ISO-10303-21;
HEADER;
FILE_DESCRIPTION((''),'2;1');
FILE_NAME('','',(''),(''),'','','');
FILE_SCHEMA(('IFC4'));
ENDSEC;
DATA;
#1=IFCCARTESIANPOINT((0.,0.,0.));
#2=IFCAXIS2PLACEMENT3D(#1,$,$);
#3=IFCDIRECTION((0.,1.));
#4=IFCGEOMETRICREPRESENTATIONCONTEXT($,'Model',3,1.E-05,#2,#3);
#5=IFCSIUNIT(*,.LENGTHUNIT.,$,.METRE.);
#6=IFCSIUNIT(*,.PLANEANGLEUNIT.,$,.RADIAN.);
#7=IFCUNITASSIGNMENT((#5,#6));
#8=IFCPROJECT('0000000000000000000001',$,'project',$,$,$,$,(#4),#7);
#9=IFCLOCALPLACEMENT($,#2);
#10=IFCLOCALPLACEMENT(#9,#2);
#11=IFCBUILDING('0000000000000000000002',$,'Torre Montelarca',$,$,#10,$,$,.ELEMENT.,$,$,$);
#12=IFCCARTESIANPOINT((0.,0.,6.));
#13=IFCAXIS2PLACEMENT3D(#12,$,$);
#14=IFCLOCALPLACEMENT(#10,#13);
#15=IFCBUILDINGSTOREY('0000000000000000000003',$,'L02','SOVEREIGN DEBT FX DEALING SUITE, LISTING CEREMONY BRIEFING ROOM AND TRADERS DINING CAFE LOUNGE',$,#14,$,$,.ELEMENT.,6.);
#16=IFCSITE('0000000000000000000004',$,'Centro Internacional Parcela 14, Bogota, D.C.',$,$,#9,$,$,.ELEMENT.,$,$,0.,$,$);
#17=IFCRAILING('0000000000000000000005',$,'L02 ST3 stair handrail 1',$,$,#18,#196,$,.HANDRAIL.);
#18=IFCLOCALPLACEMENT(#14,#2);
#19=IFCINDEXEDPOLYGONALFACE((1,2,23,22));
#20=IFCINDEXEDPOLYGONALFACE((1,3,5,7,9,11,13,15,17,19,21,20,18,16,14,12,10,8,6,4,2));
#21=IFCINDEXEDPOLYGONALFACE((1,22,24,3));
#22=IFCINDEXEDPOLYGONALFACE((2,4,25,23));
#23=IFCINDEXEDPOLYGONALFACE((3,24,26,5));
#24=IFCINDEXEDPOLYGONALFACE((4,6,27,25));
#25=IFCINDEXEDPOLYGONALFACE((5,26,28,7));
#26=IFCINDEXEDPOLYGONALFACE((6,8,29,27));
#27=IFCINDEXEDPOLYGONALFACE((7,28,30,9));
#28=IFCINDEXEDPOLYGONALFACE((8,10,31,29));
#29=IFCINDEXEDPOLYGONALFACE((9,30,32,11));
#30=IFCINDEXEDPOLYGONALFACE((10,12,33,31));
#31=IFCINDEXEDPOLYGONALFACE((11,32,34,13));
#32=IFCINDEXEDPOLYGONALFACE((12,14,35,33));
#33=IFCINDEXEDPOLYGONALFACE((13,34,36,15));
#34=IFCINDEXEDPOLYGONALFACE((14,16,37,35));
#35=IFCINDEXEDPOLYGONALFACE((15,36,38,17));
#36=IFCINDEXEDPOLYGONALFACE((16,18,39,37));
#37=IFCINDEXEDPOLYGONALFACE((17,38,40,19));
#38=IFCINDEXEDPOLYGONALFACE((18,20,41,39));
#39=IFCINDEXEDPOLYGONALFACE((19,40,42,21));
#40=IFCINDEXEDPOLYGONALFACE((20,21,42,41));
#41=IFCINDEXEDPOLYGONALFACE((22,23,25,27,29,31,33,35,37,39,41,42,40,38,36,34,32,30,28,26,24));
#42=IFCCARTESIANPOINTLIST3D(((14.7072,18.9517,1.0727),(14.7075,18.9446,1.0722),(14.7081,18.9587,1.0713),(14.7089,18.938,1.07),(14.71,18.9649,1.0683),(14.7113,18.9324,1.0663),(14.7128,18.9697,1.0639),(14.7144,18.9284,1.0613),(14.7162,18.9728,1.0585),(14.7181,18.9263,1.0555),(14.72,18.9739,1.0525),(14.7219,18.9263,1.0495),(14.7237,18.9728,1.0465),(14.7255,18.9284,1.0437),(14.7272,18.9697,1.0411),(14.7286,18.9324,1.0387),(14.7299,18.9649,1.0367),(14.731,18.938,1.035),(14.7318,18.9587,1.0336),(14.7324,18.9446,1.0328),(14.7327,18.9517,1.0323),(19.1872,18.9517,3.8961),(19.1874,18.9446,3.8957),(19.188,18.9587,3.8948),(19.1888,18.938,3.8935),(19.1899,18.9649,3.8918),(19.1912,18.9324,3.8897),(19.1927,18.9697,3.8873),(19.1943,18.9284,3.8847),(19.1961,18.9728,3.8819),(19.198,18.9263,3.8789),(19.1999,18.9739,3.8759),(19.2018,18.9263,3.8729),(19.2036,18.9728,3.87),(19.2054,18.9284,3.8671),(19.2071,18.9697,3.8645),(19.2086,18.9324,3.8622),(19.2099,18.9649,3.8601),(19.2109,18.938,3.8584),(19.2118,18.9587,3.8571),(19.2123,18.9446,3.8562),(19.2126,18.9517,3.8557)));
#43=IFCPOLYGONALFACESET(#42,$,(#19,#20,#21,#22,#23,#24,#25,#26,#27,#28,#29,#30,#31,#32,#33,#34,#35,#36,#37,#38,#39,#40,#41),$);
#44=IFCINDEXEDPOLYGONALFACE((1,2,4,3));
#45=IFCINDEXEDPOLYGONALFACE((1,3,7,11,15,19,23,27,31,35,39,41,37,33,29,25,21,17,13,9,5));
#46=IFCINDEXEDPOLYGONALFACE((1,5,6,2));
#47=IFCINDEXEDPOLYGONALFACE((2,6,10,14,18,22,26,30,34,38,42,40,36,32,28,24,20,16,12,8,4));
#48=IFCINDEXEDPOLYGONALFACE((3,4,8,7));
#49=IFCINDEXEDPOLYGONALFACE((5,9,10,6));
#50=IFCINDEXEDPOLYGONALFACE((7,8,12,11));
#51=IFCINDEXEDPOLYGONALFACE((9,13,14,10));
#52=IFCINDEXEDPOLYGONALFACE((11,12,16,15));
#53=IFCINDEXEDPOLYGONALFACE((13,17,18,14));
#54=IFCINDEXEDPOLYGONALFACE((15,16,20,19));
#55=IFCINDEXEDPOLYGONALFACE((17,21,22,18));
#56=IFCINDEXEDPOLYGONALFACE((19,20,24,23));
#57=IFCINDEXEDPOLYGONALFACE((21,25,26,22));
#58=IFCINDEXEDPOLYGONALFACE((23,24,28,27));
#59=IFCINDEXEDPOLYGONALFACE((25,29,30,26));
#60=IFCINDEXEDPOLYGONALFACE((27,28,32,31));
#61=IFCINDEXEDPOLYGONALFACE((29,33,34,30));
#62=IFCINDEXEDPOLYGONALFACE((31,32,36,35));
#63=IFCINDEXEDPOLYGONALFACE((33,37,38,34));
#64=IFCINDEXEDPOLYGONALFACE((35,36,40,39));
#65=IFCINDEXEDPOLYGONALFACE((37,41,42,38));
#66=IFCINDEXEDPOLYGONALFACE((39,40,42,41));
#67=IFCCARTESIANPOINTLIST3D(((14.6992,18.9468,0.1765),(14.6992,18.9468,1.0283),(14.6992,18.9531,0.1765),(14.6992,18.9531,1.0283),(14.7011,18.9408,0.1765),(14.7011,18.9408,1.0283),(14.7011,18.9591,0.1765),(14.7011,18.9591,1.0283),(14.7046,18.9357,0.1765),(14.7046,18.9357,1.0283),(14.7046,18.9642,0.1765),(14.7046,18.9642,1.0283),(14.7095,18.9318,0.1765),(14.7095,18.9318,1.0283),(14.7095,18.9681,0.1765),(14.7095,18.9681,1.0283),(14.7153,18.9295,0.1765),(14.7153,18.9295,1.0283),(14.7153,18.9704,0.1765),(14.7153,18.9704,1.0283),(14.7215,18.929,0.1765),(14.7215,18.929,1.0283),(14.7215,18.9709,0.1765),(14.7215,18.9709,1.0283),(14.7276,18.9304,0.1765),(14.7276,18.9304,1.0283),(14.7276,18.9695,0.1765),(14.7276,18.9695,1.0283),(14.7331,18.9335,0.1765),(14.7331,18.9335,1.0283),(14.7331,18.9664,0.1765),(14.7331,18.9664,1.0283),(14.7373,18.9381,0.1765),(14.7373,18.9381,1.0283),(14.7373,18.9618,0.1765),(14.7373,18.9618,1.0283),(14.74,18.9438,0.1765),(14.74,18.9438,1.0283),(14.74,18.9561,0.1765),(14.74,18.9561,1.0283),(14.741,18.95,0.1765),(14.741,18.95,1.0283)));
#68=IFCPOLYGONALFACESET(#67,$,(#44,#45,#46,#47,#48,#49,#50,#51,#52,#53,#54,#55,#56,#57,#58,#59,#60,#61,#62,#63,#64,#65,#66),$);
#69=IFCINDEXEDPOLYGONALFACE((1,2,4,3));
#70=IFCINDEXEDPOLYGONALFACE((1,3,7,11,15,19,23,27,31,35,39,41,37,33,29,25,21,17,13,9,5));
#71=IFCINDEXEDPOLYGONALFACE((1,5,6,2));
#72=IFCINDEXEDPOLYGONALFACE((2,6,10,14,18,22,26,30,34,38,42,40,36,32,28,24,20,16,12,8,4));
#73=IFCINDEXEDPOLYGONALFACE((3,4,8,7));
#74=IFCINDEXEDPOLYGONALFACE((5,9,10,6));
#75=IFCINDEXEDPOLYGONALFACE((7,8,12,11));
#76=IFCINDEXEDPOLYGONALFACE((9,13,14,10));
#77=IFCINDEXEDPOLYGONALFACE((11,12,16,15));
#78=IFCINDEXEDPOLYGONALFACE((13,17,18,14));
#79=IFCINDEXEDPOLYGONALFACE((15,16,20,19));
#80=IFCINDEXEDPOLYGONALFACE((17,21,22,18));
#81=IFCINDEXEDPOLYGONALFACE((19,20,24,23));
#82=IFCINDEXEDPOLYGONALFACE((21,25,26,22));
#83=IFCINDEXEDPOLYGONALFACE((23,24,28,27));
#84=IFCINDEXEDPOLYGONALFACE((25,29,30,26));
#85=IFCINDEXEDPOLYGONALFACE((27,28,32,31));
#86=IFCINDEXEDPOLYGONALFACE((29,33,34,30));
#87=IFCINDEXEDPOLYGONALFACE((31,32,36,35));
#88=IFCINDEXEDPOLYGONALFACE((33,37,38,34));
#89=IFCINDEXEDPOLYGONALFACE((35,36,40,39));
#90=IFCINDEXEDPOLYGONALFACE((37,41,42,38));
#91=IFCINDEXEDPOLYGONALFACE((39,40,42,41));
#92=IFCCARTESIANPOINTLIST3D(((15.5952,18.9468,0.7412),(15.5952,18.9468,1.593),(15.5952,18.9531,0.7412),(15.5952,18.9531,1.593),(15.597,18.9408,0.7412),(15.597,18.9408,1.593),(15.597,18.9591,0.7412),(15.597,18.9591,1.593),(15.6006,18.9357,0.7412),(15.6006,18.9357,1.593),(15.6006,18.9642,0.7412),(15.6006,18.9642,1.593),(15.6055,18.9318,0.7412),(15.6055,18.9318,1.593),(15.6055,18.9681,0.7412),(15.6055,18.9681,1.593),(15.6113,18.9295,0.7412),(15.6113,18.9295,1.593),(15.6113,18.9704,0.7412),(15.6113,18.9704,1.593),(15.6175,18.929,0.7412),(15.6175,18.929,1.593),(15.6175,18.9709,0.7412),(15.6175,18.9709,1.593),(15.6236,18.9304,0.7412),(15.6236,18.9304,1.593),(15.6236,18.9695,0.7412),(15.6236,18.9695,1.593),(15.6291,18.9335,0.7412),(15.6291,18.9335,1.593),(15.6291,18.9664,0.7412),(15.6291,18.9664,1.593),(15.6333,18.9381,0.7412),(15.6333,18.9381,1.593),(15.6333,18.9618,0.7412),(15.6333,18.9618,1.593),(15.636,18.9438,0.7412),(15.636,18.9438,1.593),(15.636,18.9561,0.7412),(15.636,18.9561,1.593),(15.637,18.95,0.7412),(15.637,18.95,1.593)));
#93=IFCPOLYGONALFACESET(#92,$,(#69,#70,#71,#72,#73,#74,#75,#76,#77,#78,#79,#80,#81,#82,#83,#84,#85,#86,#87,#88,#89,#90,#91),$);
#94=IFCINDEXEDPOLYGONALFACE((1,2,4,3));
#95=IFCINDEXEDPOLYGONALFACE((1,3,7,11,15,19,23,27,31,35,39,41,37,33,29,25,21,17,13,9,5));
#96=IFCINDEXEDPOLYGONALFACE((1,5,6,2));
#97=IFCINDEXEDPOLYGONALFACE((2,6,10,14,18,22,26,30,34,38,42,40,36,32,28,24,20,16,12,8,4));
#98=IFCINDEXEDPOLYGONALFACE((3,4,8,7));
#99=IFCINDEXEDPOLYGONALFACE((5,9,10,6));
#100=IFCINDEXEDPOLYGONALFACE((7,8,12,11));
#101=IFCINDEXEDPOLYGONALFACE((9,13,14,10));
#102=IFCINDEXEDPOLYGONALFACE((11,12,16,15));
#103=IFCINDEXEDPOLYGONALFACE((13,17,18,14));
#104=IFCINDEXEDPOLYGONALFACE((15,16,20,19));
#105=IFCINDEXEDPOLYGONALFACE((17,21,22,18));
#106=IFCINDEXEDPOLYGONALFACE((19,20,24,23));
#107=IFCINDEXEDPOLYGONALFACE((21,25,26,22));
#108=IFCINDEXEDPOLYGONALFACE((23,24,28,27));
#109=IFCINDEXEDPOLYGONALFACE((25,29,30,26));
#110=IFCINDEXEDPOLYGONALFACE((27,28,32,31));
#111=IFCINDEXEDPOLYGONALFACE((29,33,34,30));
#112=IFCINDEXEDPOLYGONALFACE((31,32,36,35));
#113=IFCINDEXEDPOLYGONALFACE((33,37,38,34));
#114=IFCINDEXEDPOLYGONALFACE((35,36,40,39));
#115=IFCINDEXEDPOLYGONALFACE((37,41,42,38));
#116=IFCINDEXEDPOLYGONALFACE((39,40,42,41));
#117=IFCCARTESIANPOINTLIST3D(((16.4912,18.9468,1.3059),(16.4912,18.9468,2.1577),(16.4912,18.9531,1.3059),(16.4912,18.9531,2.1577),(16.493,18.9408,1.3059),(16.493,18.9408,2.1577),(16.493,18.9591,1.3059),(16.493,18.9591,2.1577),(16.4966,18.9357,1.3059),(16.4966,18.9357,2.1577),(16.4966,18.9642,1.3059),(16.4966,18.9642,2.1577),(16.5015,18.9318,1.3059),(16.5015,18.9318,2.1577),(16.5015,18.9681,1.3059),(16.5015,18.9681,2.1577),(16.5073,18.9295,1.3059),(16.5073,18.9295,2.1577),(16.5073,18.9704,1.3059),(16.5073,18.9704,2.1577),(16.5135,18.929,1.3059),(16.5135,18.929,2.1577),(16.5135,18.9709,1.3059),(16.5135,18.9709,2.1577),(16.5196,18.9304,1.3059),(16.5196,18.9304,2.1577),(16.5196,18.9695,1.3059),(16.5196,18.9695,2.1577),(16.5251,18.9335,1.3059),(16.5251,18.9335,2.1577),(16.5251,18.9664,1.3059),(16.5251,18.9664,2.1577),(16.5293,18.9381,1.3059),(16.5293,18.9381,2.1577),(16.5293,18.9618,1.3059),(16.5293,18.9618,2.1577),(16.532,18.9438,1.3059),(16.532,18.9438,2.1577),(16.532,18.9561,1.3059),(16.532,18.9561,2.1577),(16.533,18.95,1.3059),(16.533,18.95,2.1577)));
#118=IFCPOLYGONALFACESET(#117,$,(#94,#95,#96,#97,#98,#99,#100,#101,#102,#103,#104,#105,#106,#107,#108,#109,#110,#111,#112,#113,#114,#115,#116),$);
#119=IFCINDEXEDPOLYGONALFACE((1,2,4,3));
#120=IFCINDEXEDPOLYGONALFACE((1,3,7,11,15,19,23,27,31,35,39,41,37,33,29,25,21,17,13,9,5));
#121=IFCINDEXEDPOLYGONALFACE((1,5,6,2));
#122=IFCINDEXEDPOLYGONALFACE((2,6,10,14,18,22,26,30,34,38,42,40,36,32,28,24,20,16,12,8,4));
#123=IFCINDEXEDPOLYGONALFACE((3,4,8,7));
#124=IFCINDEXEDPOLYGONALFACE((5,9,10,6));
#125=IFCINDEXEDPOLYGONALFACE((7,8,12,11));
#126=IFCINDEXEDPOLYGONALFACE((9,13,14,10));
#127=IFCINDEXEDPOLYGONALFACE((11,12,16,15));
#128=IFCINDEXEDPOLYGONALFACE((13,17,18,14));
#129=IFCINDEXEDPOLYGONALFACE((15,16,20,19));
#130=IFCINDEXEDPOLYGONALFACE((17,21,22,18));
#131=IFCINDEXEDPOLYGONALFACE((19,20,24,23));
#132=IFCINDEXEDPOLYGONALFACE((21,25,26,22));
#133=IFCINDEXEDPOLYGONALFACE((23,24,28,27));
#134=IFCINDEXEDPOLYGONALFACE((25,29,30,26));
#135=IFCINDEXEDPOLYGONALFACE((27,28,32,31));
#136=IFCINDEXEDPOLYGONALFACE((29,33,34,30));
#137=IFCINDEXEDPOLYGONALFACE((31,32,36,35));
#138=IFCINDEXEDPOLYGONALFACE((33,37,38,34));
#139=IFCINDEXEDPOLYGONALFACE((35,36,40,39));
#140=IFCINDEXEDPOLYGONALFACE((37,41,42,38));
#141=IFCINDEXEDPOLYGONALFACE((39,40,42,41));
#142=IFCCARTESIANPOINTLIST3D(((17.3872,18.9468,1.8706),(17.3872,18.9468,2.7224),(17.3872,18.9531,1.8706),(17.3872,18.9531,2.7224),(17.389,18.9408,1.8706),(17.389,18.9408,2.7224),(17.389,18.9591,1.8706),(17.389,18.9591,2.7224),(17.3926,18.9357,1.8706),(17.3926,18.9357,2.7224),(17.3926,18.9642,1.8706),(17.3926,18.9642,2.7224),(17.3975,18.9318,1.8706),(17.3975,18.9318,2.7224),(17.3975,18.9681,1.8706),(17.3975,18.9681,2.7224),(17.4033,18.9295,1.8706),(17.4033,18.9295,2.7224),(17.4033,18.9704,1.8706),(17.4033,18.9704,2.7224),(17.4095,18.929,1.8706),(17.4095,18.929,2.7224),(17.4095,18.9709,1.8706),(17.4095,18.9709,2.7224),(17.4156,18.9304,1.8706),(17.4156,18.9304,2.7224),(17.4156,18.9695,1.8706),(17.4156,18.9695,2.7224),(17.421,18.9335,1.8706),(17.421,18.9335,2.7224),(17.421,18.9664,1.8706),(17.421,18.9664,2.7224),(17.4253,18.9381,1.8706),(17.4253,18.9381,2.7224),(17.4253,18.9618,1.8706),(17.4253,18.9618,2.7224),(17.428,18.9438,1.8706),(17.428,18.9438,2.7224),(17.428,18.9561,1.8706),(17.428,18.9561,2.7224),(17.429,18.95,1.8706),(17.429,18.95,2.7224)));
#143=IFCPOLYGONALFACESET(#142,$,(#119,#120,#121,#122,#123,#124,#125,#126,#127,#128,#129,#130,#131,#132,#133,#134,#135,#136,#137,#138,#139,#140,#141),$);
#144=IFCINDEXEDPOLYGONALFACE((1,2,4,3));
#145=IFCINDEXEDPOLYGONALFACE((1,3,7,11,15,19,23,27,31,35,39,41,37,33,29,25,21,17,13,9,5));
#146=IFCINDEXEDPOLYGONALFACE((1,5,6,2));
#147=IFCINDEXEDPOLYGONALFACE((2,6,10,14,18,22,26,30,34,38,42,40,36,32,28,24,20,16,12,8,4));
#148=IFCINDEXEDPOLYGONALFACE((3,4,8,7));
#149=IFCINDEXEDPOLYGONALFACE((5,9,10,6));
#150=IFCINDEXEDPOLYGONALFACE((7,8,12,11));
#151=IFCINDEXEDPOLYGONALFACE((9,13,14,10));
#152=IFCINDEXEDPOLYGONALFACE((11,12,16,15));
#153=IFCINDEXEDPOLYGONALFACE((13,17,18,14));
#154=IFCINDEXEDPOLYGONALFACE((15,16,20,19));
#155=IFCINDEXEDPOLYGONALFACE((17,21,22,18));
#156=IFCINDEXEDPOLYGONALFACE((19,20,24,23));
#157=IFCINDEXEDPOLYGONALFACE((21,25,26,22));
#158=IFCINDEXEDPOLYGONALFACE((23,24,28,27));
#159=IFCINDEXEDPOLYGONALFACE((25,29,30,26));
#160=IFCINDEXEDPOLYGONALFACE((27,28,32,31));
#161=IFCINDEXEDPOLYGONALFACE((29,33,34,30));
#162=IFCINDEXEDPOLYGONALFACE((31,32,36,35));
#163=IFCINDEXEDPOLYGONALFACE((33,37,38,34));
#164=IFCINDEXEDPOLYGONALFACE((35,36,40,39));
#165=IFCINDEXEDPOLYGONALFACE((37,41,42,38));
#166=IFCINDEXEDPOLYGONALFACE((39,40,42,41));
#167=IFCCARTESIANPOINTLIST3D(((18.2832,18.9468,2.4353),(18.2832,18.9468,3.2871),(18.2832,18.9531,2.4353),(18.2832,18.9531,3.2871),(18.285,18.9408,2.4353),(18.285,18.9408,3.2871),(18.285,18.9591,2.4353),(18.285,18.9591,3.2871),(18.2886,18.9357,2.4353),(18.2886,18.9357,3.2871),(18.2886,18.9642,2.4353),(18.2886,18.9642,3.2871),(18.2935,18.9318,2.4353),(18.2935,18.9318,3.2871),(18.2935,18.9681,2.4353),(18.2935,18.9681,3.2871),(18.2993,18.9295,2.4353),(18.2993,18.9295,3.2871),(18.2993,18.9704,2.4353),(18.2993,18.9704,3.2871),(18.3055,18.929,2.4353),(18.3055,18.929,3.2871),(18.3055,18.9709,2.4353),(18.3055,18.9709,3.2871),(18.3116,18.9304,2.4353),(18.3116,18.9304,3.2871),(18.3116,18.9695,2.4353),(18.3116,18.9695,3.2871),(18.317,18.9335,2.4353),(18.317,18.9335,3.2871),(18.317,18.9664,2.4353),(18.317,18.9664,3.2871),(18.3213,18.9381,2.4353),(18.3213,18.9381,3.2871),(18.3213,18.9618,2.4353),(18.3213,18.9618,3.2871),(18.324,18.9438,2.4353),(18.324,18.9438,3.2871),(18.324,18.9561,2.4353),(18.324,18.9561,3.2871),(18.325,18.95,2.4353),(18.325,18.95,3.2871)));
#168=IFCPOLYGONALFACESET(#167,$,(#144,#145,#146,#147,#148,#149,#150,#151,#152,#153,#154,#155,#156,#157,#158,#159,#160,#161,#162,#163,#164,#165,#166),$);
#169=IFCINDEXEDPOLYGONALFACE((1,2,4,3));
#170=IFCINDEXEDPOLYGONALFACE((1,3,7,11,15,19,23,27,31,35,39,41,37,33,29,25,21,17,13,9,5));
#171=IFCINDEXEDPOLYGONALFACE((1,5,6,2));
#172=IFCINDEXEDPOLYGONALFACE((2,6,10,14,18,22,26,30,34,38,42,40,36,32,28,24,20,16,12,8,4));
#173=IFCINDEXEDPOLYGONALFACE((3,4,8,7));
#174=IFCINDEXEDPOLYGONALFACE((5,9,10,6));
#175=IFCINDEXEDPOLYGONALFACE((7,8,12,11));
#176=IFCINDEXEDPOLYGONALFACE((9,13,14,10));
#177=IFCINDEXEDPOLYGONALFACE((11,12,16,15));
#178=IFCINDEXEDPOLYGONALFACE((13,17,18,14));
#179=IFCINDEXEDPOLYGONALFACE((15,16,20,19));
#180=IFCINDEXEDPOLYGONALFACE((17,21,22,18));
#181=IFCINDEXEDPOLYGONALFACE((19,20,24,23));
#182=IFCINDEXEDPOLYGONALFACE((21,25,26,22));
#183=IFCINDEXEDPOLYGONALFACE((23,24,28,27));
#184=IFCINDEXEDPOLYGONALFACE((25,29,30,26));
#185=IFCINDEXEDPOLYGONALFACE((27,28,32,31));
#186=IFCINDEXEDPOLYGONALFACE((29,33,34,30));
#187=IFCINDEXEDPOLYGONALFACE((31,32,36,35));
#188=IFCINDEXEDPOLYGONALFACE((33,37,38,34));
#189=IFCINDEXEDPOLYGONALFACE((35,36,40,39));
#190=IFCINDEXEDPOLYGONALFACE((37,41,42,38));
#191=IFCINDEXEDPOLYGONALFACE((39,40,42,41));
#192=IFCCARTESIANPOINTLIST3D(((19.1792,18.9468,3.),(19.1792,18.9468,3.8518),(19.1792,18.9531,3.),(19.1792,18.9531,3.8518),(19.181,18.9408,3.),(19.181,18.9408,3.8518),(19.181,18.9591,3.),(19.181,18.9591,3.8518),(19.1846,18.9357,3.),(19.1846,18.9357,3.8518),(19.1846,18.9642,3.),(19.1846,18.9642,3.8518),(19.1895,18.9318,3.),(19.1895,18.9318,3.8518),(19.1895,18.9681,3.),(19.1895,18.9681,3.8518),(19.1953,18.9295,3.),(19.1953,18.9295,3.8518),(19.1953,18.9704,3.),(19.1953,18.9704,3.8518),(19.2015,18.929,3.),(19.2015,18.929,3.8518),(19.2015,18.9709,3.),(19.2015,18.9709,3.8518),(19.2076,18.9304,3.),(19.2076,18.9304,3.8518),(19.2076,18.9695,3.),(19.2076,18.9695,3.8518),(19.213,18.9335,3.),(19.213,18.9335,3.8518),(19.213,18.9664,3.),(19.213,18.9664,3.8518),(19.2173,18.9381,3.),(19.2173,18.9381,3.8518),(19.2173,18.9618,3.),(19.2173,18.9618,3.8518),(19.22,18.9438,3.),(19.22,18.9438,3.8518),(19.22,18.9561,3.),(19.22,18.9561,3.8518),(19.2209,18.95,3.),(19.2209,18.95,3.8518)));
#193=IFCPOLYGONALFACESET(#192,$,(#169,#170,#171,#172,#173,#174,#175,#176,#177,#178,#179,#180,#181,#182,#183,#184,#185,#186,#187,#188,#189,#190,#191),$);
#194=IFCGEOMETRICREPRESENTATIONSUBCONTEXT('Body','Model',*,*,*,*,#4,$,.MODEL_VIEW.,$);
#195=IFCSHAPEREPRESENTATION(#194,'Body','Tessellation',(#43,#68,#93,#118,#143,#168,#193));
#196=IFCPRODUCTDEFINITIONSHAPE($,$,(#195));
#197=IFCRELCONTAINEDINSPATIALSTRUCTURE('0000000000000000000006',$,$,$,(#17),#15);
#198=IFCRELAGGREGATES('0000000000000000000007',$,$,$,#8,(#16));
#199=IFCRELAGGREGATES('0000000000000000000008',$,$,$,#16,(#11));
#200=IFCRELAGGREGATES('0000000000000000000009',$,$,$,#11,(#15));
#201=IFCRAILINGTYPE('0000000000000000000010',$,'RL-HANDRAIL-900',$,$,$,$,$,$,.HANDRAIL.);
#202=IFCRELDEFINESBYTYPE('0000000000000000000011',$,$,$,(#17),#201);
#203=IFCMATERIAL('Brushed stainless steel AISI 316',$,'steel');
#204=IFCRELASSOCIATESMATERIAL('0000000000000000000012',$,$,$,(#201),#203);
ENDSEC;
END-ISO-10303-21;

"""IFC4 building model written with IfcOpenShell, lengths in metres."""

from ifc_helpers import new_model, si_unit, direction, frame, origin, origin_2d, place, context, subcontext, project, spatial, circle, extrude, material, type_object, element, save


model = new_model("IFC4")

# Units and contexts
model_context = context("Model", 3, precision=1e-05, world=origin(), true_north=direction((0.0, 1.0)))
body_context = subcontext(model_context, "Body", "Model", "MODEL_VIEW")
ifc_project = project(units=[si_unit("LENGTHUNIT", "METRE"), si_unit("PLANEANGLEUNIT", "RADIAN")], contexts=[model_context])

# Site, building, storey
site_placement = place(None, origin())
site = spatial("IfcSite", under=ifc_project, at=site_placement, Name="Centro Internacional Parcela 14, Bogota, D.C.", CompositionType="ELEMENT", RefElevation=0.0)
building_placement = place(site_placement, origin())
building = spatial("IfcBuilding", under=site, at=building_placement, Name="Torre Montelarca", CompositionType="ELEMENT")
storey_placement = place(building_placement, frame((0.0, 0.0, 6.0)))
storey = spatial("IfcBuildingStorey", under=building, at=storey_placement, Name="L02", Description="SOVEREIGN DEBT FX DEALING SUITE, LISTING CEREMONY BRIEFING ROOM AND TRADERS DINING CAFE LOUNGE", CompositionType="ELEMENT", Elevation=6.0)

# Railing
ifc_material_1 = material(Name="Brushed stainless steel AISI 316", Category="steel")
railing_type_1 = type_object("IfcRailingType", Name="RL-HANDRAIL-900", PredefinedType="HANDRAIL", material=ifc_material_1)
railing_1_placement = place(storey_placement, frame((14.72, 18.95, 0.1765)))
element("IfcRailing", 1, at=railing_1_placement, inside=storey, type_object=railing_type_1, Name="L02 ST3 stair handrail 1", PredefinedType="HANDRAIL", context=body_context, shape_type="SweptSolid", body=[
    extrude(circle(Radius=0.0239, at=origin_2d()), frame((0.0, 0.0, 0.876), z_axis=(0.845998, 0.0, 0.533186), x_axis=(0.0, 1.0, 0.0)), (0.0, 0.0, 1.0), 5.2954),
    extrude(circle(Radius=0.021, at=origin_2d()), origin(), (0.0, 0.0, 1.0), 0.8518),
    extrude(circle(Radius=0.021, at=origin_2d()), frame((0.896, 0.0, 0.5647)), (0.0, 0.0, 1.0), 0.8518),
    extrude(circle(Radius=0.021, at=origin_2d()), frame((1.792, 0.0, 1.1294)), (0.0, 0.0, 1.0), 0.8518),
    extrude(circle(Radius=0.021, at=origin_2d()), frame((2.688, 0.0, 1.6941)), (0.0, 0.0, 1.0), 0.8518),
    extrude(circle(Radius=0.021, at=origin_2d()), frame((3.584, 0.0, 2.2588)), (0.0, 0.0, 1.0), 0.8518),
    extrude(circle(Radius=0.021, at=origin_2d()), frame((4.48, 0.0, 2.8235)), (0.0, 0.0, 1.0), 0.8518),
])

save(model, "model.ifc")
